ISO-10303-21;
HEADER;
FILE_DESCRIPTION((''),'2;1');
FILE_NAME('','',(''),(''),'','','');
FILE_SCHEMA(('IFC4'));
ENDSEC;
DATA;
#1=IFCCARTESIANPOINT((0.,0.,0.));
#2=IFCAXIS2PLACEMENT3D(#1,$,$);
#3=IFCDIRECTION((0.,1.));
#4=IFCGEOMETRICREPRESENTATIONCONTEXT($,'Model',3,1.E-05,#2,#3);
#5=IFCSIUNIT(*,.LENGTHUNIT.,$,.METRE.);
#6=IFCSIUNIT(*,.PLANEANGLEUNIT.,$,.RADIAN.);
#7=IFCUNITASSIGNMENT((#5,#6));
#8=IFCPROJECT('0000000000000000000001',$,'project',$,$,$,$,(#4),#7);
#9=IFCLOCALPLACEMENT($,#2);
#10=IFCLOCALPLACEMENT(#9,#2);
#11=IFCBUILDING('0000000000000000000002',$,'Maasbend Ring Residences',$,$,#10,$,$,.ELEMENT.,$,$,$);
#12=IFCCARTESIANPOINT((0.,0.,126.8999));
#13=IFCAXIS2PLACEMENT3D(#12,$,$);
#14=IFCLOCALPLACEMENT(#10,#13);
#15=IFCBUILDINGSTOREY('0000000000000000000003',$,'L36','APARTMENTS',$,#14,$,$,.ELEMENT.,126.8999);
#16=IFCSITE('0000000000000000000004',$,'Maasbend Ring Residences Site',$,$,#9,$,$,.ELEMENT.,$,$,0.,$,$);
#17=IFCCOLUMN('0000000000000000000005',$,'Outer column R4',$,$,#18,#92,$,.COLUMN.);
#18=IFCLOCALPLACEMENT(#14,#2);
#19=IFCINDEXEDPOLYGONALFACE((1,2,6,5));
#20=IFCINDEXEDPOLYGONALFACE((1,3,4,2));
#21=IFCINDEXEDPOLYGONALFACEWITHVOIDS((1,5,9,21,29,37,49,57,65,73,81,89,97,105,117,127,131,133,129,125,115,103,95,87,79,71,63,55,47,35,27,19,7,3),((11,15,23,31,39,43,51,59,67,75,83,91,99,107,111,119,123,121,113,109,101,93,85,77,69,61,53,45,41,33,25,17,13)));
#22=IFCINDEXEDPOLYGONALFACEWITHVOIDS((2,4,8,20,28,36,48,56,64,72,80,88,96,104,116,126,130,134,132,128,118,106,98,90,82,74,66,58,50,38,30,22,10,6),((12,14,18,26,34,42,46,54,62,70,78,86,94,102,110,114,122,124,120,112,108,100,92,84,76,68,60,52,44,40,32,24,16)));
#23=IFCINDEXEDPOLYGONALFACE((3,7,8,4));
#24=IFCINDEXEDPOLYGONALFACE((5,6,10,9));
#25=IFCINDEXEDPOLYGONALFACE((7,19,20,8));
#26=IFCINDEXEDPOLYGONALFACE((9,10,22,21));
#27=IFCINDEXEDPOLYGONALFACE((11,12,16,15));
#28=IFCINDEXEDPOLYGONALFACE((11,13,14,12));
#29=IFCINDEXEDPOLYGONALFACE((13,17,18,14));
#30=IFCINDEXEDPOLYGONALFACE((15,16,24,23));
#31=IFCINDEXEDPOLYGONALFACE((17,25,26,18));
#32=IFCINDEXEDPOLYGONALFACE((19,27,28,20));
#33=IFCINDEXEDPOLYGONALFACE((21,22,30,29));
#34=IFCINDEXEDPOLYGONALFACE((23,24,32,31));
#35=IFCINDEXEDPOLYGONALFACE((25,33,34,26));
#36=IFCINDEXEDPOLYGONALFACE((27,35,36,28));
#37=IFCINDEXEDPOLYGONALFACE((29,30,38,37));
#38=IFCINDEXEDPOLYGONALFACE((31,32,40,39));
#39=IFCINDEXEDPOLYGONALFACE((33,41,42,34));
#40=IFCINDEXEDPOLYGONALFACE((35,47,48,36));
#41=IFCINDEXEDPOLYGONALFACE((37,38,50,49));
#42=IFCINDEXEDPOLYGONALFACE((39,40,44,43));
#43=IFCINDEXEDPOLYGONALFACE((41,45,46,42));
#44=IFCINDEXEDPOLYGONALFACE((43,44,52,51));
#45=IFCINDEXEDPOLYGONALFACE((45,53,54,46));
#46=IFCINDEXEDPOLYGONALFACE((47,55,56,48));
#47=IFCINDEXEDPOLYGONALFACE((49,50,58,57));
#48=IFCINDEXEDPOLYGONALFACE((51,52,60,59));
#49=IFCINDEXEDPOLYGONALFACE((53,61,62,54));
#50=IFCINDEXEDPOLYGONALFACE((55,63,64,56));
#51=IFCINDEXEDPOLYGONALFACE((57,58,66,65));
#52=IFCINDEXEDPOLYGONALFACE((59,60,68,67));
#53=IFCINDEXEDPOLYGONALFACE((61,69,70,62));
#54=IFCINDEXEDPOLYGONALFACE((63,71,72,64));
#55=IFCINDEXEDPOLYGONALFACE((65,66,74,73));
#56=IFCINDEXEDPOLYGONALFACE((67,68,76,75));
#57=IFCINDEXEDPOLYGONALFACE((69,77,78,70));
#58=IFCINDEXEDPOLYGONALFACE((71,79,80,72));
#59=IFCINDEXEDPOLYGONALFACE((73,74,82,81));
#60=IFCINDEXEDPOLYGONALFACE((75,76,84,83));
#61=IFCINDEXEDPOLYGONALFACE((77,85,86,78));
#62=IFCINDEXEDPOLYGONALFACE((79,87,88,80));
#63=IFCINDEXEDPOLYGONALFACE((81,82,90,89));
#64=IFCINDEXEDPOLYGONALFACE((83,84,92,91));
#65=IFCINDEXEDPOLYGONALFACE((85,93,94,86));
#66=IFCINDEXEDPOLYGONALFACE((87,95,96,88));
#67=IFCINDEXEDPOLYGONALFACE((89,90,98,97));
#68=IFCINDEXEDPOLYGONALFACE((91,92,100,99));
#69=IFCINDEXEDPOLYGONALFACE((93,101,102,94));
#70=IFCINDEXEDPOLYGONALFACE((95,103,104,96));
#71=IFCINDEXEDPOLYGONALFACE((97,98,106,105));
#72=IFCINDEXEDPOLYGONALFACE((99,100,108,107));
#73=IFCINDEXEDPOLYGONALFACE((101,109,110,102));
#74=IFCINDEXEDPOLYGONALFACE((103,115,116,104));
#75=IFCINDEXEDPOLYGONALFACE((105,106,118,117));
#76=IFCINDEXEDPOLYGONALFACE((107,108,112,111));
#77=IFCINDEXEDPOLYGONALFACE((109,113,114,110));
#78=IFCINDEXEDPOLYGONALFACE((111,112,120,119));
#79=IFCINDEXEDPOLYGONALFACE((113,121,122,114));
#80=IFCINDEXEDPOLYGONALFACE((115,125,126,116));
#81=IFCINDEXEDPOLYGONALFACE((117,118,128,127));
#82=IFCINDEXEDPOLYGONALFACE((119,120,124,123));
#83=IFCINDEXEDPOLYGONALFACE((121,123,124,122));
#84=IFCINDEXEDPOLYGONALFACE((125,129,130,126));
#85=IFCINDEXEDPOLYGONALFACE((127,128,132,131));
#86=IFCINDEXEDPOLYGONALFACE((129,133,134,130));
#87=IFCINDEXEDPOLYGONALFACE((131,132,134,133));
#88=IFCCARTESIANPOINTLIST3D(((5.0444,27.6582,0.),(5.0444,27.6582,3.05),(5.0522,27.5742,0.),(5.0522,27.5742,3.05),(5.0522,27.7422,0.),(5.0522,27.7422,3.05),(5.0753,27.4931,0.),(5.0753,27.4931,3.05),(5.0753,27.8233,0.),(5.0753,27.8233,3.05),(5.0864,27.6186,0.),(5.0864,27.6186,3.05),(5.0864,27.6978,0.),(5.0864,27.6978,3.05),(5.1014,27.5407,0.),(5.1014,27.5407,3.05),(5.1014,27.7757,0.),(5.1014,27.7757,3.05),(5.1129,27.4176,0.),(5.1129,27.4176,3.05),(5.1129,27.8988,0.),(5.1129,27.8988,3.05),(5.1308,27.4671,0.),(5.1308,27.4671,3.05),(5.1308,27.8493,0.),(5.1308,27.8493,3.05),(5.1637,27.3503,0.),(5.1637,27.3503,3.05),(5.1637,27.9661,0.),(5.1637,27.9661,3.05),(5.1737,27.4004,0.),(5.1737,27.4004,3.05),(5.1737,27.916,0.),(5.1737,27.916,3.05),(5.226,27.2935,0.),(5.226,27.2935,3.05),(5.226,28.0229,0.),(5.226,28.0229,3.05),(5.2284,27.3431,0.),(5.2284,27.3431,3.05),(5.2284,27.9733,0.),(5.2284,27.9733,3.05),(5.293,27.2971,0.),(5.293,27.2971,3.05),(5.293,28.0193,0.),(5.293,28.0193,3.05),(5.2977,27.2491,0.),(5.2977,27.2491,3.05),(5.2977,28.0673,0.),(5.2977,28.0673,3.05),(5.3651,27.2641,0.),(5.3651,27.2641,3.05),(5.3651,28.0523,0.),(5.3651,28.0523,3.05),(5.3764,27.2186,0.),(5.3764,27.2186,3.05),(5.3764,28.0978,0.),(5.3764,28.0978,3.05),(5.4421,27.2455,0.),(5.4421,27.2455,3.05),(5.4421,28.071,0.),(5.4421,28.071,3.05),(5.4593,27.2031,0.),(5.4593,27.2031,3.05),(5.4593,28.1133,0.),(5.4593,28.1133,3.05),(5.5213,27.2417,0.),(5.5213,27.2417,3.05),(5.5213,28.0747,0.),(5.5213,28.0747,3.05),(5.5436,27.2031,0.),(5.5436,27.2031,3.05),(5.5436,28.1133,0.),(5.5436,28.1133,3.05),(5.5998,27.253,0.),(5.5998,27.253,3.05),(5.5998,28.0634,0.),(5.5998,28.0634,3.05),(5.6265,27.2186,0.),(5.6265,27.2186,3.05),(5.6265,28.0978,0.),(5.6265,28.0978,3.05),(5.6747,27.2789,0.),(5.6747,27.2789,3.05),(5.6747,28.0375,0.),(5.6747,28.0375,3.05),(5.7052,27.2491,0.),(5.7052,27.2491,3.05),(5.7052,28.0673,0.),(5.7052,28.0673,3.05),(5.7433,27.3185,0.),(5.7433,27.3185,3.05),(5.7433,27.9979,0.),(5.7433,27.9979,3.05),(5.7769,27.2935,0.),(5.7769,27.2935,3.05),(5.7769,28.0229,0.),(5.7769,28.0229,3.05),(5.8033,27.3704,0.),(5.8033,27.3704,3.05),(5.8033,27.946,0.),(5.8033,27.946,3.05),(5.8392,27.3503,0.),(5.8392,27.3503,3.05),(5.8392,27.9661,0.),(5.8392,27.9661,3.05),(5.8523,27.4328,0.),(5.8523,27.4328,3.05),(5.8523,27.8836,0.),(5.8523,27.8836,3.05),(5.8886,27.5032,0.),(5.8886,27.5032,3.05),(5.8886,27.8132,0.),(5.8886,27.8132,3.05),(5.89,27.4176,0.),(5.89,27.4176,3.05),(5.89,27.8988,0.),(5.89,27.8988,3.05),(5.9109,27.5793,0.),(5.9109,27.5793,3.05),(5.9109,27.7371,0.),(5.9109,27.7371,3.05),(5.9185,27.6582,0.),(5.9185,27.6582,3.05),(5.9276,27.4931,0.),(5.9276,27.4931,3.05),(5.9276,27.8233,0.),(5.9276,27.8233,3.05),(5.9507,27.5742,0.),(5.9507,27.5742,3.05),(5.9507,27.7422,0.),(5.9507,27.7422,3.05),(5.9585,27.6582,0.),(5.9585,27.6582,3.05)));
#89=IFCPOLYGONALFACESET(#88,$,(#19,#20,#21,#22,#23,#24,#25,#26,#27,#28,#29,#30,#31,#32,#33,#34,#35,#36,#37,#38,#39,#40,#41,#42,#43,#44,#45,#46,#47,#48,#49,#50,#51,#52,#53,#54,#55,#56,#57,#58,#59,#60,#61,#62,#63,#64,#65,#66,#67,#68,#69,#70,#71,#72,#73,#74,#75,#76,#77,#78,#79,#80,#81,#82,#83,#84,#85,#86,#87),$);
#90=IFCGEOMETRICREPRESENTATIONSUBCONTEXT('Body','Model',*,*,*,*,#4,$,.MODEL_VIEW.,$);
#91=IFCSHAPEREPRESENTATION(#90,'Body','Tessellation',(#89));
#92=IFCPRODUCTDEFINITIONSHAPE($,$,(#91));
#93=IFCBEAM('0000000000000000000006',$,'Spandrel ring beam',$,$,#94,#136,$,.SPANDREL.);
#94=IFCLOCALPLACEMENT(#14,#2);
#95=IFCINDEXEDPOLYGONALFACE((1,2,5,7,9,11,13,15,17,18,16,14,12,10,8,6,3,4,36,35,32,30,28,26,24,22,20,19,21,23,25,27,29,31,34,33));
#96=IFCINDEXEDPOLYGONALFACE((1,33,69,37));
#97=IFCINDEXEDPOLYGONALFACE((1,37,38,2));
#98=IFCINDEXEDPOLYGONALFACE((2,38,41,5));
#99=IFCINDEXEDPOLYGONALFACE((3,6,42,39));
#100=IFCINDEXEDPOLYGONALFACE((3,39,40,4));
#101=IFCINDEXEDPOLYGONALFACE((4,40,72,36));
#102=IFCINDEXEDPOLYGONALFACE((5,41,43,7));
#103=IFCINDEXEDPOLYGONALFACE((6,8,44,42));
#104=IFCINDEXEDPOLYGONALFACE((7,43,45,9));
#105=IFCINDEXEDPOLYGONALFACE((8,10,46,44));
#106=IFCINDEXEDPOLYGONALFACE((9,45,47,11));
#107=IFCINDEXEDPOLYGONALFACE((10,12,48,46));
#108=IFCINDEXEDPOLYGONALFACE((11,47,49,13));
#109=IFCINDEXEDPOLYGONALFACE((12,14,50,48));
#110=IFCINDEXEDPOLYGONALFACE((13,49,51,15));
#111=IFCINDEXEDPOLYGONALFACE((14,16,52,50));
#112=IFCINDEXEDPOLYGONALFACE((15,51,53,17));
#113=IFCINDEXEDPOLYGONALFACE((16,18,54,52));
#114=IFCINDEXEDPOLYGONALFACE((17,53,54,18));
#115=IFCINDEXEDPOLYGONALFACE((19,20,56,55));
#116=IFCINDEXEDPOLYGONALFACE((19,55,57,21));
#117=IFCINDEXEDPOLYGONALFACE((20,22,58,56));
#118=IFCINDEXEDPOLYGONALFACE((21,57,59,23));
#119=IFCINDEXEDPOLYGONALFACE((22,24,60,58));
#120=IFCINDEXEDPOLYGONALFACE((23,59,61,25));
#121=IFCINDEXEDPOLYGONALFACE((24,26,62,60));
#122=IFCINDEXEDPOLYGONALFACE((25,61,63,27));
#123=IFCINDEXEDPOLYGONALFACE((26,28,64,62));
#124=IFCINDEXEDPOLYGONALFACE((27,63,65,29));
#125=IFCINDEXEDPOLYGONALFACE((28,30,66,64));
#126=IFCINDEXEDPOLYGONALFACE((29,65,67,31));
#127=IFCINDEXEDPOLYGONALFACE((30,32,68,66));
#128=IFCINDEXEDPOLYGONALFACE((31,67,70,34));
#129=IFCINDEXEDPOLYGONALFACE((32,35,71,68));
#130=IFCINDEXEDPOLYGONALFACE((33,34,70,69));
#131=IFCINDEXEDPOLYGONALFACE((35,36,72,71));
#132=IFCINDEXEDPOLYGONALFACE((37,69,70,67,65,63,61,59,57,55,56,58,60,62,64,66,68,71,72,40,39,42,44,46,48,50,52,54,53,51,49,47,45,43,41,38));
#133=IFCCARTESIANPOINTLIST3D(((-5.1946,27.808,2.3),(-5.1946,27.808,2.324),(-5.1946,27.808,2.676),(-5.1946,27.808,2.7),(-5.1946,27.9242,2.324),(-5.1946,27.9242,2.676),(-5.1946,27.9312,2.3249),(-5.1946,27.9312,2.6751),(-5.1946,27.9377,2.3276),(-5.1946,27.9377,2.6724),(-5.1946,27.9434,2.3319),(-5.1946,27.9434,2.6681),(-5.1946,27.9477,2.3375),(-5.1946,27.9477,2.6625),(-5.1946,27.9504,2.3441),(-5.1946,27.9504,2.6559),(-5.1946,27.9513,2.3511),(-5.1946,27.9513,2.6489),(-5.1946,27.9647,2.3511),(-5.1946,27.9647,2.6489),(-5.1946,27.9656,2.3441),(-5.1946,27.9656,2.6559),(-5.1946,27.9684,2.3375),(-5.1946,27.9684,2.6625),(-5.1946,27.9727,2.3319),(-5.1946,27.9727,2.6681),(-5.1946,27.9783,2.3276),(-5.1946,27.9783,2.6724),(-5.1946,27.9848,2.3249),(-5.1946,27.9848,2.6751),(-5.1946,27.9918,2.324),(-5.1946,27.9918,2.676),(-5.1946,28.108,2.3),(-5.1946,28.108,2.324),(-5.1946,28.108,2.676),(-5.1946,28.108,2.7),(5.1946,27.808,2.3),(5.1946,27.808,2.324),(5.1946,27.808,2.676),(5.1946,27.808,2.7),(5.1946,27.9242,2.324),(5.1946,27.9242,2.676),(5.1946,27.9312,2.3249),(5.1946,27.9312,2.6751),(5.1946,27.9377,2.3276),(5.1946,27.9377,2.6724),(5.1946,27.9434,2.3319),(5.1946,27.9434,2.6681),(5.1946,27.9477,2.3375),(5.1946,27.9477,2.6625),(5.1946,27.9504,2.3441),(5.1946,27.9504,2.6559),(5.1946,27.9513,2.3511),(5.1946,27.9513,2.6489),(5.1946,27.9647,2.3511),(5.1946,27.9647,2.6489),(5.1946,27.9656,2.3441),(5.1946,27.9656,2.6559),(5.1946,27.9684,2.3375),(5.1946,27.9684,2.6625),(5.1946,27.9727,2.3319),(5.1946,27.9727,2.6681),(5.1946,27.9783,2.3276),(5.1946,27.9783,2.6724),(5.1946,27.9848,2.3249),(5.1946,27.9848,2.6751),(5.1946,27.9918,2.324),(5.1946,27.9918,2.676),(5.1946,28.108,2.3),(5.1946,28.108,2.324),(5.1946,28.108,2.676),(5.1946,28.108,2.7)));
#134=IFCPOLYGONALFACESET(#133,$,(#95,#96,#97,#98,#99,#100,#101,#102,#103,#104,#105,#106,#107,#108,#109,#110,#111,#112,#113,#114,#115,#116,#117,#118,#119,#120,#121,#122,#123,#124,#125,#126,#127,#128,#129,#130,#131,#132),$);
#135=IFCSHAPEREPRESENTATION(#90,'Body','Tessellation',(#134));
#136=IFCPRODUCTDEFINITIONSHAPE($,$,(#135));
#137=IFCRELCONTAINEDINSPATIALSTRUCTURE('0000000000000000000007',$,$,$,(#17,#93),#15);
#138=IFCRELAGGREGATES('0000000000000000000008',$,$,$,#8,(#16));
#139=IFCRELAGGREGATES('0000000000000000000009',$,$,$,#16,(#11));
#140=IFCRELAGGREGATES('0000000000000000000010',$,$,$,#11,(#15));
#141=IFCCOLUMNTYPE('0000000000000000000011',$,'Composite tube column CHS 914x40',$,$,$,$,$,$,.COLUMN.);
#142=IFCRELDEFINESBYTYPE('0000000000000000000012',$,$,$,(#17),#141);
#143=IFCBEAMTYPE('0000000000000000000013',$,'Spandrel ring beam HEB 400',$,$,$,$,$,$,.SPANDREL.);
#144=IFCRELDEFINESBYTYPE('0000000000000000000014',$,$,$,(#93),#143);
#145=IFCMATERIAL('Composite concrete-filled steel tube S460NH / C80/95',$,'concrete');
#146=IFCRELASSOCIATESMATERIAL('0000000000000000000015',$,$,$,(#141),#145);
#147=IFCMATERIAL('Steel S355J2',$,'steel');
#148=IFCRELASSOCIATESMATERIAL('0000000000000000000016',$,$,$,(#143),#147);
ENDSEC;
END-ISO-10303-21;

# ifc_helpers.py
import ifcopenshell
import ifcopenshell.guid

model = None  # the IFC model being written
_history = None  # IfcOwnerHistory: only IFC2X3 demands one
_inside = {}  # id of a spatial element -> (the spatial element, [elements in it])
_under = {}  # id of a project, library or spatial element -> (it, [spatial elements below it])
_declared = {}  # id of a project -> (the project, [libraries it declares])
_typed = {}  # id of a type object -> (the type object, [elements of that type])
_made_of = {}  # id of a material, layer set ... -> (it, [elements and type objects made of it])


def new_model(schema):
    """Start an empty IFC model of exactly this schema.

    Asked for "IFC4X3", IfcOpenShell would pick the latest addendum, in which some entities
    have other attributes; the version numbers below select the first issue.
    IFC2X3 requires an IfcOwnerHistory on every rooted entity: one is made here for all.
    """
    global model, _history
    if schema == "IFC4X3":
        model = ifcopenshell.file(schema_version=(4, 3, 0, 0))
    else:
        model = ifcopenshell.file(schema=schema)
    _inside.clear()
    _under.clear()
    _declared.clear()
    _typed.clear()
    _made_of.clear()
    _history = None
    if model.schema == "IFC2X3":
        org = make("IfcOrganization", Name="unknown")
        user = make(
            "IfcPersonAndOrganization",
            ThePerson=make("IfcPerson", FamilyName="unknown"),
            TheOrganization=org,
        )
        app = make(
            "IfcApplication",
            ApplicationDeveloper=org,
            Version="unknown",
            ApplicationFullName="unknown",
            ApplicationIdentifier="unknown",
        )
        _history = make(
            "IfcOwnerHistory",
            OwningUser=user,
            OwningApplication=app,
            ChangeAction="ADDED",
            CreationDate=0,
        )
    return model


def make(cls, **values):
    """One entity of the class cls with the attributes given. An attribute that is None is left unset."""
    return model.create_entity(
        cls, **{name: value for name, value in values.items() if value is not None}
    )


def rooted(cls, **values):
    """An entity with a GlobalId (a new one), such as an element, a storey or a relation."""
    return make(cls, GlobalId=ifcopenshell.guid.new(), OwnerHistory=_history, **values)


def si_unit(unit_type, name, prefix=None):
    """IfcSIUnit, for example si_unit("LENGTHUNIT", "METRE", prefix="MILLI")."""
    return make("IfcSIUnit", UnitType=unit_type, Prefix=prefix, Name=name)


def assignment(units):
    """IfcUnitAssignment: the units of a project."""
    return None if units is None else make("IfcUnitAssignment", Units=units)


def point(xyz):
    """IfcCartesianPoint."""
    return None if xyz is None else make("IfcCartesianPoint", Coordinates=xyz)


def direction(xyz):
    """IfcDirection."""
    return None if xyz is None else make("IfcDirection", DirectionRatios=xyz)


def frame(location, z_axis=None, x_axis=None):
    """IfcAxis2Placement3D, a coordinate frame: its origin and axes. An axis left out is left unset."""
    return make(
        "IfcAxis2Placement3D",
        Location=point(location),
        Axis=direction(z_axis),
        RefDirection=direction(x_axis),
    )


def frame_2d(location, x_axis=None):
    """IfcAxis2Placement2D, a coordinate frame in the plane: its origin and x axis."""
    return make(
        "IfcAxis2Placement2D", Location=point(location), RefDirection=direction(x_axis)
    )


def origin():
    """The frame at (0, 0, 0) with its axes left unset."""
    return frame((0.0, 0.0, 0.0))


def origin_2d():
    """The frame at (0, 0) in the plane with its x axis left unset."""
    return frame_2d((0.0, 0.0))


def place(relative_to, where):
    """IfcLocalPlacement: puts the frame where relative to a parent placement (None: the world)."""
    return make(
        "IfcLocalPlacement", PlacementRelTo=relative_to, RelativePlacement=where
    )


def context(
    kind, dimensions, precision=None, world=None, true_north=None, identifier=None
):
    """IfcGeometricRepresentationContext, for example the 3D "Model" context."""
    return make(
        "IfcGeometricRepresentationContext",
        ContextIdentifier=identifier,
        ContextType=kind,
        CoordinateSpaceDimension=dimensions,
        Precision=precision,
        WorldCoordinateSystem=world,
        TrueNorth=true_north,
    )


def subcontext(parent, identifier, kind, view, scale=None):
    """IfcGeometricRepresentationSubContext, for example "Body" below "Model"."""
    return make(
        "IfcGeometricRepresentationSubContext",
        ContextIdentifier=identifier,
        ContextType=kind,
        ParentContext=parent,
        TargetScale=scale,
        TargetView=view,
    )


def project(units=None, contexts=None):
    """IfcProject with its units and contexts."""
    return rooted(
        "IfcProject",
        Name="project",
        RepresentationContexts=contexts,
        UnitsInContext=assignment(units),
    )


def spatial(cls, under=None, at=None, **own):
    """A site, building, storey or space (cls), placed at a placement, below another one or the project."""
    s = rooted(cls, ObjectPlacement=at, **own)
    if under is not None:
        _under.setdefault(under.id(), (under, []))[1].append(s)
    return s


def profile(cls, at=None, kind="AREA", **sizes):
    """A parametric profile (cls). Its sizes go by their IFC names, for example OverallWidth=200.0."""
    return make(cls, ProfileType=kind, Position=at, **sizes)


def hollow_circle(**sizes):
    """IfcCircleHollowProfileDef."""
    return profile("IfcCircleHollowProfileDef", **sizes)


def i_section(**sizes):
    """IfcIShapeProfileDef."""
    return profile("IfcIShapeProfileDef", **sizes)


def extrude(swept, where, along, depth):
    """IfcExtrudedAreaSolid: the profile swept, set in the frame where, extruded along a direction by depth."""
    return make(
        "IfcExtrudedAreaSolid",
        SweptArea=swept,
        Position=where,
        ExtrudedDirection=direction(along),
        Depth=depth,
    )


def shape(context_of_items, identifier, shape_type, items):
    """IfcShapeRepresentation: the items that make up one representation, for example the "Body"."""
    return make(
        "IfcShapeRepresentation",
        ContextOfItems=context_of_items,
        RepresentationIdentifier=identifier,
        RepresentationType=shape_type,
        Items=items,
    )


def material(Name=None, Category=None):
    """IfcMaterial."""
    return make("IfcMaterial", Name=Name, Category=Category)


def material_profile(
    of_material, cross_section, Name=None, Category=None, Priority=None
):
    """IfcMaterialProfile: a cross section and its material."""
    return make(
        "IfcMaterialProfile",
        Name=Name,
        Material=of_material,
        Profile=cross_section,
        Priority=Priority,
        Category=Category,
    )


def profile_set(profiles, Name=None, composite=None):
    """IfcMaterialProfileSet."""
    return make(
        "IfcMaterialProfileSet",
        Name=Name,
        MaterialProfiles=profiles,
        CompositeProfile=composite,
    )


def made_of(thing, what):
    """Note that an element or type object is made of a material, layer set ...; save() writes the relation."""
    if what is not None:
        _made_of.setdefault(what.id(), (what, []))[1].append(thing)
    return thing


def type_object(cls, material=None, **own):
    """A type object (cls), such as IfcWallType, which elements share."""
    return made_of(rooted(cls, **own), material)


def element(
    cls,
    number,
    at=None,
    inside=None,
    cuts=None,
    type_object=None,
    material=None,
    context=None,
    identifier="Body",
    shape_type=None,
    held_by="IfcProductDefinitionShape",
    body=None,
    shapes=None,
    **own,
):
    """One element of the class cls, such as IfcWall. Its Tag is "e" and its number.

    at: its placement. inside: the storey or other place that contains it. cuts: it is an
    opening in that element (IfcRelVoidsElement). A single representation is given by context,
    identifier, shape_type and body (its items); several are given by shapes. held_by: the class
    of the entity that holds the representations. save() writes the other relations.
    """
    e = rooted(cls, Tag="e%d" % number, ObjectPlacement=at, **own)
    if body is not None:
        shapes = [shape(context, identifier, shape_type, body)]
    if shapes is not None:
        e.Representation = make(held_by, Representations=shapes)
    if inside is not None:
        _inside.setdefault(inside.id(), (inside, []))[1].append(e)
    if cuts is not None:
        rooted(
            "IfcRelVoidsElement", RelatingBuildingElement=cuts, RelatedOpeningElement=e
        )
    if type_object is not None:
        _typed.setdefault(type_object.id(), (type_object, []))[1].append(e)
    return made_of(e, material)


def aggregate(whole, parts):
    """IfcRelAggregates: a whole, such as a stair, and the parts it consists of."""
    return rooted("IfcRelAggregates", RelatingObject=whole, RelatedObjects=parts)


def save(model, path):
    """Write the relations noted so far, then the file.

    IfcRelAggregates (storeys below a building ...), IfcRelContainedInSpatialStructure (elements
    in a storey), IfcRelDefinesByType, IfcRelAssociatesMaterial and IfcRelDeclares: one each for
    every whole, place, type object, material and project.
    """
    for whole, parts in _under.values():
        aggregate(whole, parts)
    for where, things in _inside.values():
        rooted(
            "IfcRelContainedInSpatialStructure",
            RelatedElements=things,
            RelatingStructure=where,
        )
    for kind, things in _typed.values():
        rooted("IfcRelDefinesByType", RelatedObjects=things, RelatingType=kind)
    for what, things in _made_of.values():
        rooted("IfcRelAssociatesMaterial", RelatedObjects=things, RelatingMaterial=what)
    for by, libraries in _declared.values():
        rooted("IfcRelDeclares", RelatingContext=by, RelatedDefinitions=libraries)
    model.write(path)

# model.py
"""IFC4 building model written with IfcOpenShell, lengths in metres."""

from ifc_helpers import new_model, si_unit, direction, frame, origin, origin_2d, place, context, subcontext, project, spatial, hollow_circle, i_section, extrude, material, material_profile, profile_set, type_object, element, save


model = new_model("IFC4")

# Units and contexts
model_context = context("Model", 3, precision=1e-05, world=origin(), true_north=direction((0.0, 1.0)))
body_context = subcontext(model_context, "Body", "Model", "MODEL_VIEW")
ifc_project = project(units=[si_unit("LENGTHUNIT", "METRE"), si_unit("PLANEANGLEUNIT", "RADIAN")], contexts=[model_context])

# Site, building, storey
site_placement = place(None, origin())
site = spatial("IfcSite", under=ifc_project, at=site_placement, Name="Maasbend Ring Residences Site", CompositionType="ELEMENT", RefElevation=0.0)
building_placement = place(site_placement, origin())
building = spatial("IfcBuilding", under=site, at=building_placement, Name="Maasbend Ring Residences", CompositionType="ELEMENT")
storey_placement = place(building_placement, frame((0.0, 0.0, 126.8999)))
storey = spatial("IfcBuildingStorey", under=building, at=storey_placement, Name="L36", Description="APARTMENTS", CompositionType="ELEMENT", Elevation=126.8999)

# Column
ifc_material_1 = material(Name="Composite concrete-filled steel tube S460NH / C80/95", Category="concrete")
ifc_material_profile_1 = material_profile(ifc_material_1, hollow_circle(Radius=0.457, WallThickness=0.04, at=origin_2d()), Name="Composite tube column CHS 914x40")
ifc_profile_set_1 = profile_set([ifc_material_profile_1], Name="Composite concrete-filled steel tube S460NH / C80/95")
column_type = type_object("IfcColumnType", Name="Composite tube column CHS 914x40", PredefinedType="COLUMN", material=ifc_profile_set_1)
column_placement = place(storey_placement, frame((5.5015, 27.6582, 0.0), z_axis=(0.0, 0.0, 1.0), x_axis=(1.0, 0.0, 0.0)))
element("IfcColumn", 1, at=column_placement, inside=storey, type_object=column_type, Name="Outer column R4", PredefinedType="COLUMN", context=body_context, shape_type="SweptSolid", body=[
    extrude(hollow_circle(Radius=0.457, WallThickness=0.04, at=origin_2d()), origin(), (0.0, 0.0, 1.0), 3.05),
])

# Beam
ifc_material_2 = material(Name="Steel S355J2", Category="steel")
ifc_material_profile_2 = material_profile(ifc_material_2, i_section(OverallWidth=0.3, OverallDepth=0.3999, WebThickness=0.0134, FlangeThickness=0.0239, FilletRadius=0.0271, at=origin_2d()), Name="HEB 400")
ifc_profile_set_2 = profile_set([ifc_material_profile_2], Name="Steel S355J2")
beam_type = type_object("IfcBeamType", Name="Spandrel ring beam HEB 400", PredefinedType="SPANDREL", material=ifc_profile_set_2)
beam_placement = place(storey_placement, frame((5.1946, 27.958, 2.5), z_axis=(-1.0, 0.0, 0.0), x_axis=(0.0, -1.0, 0.0)))
element("IfcBeam", 2, at=beam_placement, inside=storey, type_object=beam_type, Name="Spandrel ring beam", PredefinedType="SPANDREL", context=body_context, shape_type="SweptSolid", body=[
    extrude(i_section(OverallWidth=0.3, OverallDepth=0.3999, WebThickness=0.0134, FlangeThickness=0.0239, FilletRadius=0.0271, at=origin_2d()), origin(), (0.0, 0.0, 1.0), 10.3892),
])

save(model, "model.ifc")
